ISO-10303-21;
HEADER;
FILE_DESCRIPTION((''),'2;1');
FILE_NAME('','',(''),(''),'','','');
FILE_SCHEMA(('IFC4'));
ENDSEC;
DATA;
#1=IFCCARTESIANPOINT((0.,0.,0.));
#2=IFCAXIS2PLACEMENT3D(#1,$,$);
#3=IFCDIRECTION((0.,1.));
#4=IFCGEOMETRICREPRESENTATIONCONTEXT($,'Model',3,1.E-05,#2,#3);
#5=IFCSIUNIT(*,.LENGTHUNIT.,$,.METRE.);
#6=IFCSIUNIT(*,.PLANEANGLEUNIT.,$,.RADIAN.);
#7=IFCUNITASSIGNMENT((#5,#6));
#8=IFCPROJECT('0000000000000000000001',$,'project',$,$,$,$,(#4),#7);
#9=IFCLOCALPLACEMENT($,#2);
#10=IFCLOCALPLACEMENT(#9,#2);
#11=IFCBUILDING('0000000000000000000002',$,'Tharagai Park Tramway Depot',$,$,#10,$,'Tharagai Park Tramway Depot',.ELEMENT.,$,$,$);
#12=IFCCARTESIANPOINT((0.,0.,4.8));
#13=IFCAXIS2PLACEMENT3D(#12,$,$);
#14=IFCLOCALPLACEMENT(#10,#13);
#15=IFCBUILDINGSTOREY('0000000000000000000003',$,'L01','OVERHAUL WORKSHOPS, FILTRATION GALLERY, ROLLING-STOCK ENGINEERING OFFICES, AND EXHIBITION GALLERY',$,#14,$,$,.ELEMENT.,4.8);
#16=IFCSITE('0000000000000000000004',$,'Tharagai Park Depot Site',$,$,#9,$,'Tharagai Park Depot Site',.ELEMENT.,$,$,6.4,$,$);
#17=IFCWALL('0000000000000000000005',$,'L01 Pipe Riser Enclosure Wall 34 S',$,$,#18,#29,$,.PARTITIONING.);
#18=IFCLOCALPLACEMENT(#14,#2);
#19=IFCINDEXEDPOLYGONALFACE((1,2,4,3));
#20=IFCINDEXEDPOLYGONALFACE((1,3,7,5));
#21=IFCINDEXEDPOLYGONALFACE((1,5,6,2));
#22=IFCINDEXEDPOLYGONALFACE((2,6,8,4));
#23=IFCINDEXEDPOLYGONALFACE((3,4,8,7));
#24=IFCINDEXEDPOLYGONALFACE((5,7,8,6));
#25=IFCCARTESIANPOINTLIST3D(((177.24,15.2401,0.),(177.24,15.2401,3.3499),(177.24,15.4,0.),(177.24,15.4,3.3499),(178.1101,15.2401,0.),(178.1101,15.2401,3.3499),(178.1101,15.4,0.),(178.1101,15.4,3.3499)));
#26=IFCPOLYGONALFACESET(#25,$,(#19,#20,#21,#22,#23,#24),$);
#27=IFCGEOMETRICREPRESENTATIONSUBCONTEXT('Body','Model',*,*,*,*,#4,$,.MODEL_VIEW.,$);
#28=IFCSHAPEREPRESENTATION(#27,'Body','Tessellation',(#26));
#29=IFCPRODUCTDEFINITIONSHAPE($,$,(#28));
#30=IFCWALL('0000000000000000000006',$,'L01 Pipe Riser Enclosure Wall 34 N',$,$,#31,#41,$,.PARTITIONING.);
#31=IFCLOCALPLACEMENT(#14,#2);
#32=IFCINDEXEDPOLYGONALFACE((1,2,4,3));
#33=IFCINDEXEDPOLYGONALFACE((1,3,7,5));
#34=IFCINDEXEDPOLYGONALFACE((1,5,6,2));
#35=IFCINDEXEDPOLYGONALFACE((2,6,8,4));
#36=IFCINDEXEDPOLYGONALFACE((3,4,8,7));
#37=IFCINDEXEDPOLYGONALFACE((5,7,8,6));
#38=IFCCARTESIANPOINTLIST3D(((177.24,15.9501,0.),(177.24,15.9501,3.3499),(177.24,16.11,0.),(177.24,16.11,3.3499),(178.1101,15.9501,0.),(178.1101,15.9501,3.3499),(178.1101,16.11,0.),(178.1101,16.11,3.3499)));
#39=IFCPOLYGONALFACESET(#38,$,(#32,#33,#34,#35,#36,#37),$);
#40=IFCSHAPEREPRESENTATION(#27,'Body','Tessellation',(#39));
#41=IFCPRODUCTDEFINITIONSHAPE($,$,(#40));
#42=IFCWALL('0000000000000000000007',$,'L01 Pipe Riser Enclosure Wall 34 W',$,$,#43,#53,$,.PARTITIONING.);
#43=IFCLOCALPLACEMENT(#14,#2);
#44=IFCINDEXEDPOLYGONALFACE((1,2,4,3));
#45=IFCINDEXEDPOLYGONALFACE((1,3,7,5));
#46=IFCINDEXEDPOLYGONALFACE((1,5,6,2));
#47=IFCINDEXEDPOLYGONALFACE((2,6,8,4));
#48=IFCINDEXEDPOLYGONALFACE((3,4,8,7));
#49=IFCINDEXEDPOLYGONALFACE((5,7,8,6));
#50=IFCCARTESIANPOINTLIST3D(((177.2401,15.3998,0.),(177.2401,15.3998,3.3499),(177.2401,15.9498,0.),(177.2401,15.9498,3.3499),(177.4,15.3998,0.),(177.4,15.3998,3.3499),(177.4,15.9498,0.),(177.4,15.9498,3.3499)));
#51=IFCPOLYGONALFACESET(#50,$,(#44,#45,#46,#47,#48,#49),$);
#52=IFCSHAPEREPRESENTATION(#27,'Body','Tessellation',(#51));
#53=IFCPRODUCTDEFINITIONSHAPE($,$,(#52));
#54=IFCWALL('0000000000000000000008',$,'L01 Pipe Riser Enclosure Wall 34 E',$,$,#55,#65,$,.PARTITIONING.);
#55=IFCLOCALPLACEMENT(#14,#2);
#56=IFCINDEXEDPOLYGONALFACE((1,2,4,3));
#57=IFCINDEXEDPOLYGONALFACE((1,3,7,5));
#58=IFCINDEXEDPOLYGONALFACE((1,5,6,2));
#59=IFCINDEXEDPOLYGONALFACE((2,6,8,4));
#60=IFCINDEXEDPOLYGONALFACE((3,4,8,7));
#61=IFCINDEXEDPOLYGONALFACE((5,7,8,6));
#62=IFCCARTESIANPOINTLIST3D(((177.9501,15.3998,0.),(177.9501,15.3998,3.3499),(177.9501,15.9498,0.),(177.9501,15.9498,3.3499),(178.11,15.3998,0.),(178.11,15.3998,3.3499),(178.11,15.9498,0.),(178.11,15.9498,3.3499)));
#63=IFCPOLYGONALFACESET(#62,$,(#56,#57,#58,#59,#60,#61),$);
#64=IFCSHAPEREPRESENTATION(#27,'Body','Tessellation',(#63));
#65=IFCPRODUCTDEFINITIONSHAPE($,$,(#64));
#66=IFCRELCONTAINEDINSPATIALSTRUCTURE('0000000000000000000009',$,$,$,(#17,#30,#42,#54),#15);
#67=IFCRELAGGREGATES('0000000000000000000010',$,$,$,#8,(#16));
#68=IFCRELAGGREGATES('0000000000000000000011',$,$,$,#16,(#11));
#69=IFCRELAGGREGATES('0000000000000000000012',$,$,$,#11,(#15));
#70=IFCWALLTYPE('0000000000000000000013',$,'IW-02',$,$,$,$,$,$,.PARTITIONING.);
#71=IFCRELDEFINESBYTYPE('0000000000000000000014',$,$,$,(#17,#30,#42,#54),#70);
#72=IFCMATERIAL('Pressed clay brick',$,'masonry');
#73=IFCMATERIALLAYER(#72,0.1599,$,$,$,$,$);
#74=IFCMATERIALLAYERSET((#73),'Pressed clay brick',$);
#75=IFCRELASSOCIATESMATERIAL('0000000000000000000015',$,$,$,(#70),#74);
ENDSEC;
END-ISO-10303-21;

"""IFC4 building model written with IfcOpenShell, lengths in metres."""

from ifc_helpers import new_model, si_unit, direction, frame, frame_2d, origin, place, context, subcontext, project, spatial, rectangle, extrude, material, layer, layer_set, type_object, element, save


model = new_model("IFC4")

# Units and contexts
model_context = context("Model", 3, precision=1e-05, world=origin(), true_north=direction((0.0, 1.0)))
body_context = subcontext(model_context, "Body", "Model", "MODEL_VIEW")
ifc_project = project(units=[si_unit("LENGTHUNIT", "METRE"), si_unit("PLANEANGLEUNIT", "RADIAN")], contexts=[model_context])

# Site, building, storey
site_placement = place(None, origin())
site = spatial("IfcSite", under=ifc_project, at=site_placement, Name="Tharagai Park Depot Site", LongName="Tharagai Park Depot Site", CompositionType="ELEMENT", RefElevation=6.4)
building_placement = place(site_placement, origin())
building = spatial("IfcBuilding", under=site, at=building_placement, Name="Tharagai Park Tramway Depot", LongName="Tharagai Park Tramway Depot", CompositionType="ELEMENT")
storey_placement = place(building_placement, frame((0.0, 0.0, 4.8)))
storey = spatial("IfcBuildingStorey", under=building, at=storey_placement, Name="L01", Description="OVERHAUL WORKSHOPS, FILTRATION GALLERY, ROLLING-STOCK ENGINEERING OFFICES, AND EXHIBITION GALLERY", CompositionType="ELEMENT", Elevation=4.8)

# Shared definitions
ifc_material_1 = material(Name="Pressed clay brick", Category="masonry")

# Walls
ifc_layer_1 = layer(ifc_material_1, 0.1599)
ifc_layer_set_1 = layer_set([ifc_layer_1], Name="Pressed clay brick")
wall_type_1 = type_object("IfcWallType", Name="IW-02", PredefinedType="PARTITIONING", material=ifc_layer_set_1)
for number, where, z_axis, x_axis, name in (
    (1, (177.24, 15.3201, 0.0), (0.0, 0.0, 1.0), (1.0, 0.0, 0.0), "L01 Pipe Riser Enclosure Wall 34 S"),
    (2, (177.24, 16.03, 0.0), (0.0, 0.0, 1.0), (1.0, 0.0, 0.0), "L01 Pipe Riser Enclosure Wall 34 N"),
):
    element("IfcWall", number, at=place(storey_placement, frame(where, z_axis=z_axis, x_axis=x_axis)), inside=storey, type_object=wall_type_1, Name=name, PredefinedType="PARTITIONING", context=body_context, shape_type="SweptSolid", body=[
        extrude(rectangle(XDim=0.8701, YDim=0.1599, at=frame_2d((0.4351, 0.0))), origin(), (0.0, 0.0, 1.0), 3.3499),
    ])
for number, where, z_axis, x_axis, name in (
    (3, (177.3201, 15.3999, 0.0), (0.0, 0.0, 1.0), (0.0, 1.0, 0.0), "L01 Pipe Riser Enclosure Wall 34 W"),
    (4, (178.03, 15.3999, 0.0), (0.0, 0.0, 1.0), (0.0, 1.0, 0.0), "L01 Pipe Riser Enclosure Wall 34 E"),
):
    element("IfcWall", number, at=place(storey_placement, frame(where, z_axis=z_axis, x_axis=x_axis)), inside=storey, type_object=wall_type_1, Name=name, PredefinedType="PARTITIONING", context=body_context, shape_type="SweptSolid", body=[
        extrude(rectangle(XDim=0.55, YDim=0.1599, at=frame_2d((0.2749, 0.0))), origin(), (0.0, 0.0, 1.0), 3.3499),
    ])

save(model, "model.ifc")
